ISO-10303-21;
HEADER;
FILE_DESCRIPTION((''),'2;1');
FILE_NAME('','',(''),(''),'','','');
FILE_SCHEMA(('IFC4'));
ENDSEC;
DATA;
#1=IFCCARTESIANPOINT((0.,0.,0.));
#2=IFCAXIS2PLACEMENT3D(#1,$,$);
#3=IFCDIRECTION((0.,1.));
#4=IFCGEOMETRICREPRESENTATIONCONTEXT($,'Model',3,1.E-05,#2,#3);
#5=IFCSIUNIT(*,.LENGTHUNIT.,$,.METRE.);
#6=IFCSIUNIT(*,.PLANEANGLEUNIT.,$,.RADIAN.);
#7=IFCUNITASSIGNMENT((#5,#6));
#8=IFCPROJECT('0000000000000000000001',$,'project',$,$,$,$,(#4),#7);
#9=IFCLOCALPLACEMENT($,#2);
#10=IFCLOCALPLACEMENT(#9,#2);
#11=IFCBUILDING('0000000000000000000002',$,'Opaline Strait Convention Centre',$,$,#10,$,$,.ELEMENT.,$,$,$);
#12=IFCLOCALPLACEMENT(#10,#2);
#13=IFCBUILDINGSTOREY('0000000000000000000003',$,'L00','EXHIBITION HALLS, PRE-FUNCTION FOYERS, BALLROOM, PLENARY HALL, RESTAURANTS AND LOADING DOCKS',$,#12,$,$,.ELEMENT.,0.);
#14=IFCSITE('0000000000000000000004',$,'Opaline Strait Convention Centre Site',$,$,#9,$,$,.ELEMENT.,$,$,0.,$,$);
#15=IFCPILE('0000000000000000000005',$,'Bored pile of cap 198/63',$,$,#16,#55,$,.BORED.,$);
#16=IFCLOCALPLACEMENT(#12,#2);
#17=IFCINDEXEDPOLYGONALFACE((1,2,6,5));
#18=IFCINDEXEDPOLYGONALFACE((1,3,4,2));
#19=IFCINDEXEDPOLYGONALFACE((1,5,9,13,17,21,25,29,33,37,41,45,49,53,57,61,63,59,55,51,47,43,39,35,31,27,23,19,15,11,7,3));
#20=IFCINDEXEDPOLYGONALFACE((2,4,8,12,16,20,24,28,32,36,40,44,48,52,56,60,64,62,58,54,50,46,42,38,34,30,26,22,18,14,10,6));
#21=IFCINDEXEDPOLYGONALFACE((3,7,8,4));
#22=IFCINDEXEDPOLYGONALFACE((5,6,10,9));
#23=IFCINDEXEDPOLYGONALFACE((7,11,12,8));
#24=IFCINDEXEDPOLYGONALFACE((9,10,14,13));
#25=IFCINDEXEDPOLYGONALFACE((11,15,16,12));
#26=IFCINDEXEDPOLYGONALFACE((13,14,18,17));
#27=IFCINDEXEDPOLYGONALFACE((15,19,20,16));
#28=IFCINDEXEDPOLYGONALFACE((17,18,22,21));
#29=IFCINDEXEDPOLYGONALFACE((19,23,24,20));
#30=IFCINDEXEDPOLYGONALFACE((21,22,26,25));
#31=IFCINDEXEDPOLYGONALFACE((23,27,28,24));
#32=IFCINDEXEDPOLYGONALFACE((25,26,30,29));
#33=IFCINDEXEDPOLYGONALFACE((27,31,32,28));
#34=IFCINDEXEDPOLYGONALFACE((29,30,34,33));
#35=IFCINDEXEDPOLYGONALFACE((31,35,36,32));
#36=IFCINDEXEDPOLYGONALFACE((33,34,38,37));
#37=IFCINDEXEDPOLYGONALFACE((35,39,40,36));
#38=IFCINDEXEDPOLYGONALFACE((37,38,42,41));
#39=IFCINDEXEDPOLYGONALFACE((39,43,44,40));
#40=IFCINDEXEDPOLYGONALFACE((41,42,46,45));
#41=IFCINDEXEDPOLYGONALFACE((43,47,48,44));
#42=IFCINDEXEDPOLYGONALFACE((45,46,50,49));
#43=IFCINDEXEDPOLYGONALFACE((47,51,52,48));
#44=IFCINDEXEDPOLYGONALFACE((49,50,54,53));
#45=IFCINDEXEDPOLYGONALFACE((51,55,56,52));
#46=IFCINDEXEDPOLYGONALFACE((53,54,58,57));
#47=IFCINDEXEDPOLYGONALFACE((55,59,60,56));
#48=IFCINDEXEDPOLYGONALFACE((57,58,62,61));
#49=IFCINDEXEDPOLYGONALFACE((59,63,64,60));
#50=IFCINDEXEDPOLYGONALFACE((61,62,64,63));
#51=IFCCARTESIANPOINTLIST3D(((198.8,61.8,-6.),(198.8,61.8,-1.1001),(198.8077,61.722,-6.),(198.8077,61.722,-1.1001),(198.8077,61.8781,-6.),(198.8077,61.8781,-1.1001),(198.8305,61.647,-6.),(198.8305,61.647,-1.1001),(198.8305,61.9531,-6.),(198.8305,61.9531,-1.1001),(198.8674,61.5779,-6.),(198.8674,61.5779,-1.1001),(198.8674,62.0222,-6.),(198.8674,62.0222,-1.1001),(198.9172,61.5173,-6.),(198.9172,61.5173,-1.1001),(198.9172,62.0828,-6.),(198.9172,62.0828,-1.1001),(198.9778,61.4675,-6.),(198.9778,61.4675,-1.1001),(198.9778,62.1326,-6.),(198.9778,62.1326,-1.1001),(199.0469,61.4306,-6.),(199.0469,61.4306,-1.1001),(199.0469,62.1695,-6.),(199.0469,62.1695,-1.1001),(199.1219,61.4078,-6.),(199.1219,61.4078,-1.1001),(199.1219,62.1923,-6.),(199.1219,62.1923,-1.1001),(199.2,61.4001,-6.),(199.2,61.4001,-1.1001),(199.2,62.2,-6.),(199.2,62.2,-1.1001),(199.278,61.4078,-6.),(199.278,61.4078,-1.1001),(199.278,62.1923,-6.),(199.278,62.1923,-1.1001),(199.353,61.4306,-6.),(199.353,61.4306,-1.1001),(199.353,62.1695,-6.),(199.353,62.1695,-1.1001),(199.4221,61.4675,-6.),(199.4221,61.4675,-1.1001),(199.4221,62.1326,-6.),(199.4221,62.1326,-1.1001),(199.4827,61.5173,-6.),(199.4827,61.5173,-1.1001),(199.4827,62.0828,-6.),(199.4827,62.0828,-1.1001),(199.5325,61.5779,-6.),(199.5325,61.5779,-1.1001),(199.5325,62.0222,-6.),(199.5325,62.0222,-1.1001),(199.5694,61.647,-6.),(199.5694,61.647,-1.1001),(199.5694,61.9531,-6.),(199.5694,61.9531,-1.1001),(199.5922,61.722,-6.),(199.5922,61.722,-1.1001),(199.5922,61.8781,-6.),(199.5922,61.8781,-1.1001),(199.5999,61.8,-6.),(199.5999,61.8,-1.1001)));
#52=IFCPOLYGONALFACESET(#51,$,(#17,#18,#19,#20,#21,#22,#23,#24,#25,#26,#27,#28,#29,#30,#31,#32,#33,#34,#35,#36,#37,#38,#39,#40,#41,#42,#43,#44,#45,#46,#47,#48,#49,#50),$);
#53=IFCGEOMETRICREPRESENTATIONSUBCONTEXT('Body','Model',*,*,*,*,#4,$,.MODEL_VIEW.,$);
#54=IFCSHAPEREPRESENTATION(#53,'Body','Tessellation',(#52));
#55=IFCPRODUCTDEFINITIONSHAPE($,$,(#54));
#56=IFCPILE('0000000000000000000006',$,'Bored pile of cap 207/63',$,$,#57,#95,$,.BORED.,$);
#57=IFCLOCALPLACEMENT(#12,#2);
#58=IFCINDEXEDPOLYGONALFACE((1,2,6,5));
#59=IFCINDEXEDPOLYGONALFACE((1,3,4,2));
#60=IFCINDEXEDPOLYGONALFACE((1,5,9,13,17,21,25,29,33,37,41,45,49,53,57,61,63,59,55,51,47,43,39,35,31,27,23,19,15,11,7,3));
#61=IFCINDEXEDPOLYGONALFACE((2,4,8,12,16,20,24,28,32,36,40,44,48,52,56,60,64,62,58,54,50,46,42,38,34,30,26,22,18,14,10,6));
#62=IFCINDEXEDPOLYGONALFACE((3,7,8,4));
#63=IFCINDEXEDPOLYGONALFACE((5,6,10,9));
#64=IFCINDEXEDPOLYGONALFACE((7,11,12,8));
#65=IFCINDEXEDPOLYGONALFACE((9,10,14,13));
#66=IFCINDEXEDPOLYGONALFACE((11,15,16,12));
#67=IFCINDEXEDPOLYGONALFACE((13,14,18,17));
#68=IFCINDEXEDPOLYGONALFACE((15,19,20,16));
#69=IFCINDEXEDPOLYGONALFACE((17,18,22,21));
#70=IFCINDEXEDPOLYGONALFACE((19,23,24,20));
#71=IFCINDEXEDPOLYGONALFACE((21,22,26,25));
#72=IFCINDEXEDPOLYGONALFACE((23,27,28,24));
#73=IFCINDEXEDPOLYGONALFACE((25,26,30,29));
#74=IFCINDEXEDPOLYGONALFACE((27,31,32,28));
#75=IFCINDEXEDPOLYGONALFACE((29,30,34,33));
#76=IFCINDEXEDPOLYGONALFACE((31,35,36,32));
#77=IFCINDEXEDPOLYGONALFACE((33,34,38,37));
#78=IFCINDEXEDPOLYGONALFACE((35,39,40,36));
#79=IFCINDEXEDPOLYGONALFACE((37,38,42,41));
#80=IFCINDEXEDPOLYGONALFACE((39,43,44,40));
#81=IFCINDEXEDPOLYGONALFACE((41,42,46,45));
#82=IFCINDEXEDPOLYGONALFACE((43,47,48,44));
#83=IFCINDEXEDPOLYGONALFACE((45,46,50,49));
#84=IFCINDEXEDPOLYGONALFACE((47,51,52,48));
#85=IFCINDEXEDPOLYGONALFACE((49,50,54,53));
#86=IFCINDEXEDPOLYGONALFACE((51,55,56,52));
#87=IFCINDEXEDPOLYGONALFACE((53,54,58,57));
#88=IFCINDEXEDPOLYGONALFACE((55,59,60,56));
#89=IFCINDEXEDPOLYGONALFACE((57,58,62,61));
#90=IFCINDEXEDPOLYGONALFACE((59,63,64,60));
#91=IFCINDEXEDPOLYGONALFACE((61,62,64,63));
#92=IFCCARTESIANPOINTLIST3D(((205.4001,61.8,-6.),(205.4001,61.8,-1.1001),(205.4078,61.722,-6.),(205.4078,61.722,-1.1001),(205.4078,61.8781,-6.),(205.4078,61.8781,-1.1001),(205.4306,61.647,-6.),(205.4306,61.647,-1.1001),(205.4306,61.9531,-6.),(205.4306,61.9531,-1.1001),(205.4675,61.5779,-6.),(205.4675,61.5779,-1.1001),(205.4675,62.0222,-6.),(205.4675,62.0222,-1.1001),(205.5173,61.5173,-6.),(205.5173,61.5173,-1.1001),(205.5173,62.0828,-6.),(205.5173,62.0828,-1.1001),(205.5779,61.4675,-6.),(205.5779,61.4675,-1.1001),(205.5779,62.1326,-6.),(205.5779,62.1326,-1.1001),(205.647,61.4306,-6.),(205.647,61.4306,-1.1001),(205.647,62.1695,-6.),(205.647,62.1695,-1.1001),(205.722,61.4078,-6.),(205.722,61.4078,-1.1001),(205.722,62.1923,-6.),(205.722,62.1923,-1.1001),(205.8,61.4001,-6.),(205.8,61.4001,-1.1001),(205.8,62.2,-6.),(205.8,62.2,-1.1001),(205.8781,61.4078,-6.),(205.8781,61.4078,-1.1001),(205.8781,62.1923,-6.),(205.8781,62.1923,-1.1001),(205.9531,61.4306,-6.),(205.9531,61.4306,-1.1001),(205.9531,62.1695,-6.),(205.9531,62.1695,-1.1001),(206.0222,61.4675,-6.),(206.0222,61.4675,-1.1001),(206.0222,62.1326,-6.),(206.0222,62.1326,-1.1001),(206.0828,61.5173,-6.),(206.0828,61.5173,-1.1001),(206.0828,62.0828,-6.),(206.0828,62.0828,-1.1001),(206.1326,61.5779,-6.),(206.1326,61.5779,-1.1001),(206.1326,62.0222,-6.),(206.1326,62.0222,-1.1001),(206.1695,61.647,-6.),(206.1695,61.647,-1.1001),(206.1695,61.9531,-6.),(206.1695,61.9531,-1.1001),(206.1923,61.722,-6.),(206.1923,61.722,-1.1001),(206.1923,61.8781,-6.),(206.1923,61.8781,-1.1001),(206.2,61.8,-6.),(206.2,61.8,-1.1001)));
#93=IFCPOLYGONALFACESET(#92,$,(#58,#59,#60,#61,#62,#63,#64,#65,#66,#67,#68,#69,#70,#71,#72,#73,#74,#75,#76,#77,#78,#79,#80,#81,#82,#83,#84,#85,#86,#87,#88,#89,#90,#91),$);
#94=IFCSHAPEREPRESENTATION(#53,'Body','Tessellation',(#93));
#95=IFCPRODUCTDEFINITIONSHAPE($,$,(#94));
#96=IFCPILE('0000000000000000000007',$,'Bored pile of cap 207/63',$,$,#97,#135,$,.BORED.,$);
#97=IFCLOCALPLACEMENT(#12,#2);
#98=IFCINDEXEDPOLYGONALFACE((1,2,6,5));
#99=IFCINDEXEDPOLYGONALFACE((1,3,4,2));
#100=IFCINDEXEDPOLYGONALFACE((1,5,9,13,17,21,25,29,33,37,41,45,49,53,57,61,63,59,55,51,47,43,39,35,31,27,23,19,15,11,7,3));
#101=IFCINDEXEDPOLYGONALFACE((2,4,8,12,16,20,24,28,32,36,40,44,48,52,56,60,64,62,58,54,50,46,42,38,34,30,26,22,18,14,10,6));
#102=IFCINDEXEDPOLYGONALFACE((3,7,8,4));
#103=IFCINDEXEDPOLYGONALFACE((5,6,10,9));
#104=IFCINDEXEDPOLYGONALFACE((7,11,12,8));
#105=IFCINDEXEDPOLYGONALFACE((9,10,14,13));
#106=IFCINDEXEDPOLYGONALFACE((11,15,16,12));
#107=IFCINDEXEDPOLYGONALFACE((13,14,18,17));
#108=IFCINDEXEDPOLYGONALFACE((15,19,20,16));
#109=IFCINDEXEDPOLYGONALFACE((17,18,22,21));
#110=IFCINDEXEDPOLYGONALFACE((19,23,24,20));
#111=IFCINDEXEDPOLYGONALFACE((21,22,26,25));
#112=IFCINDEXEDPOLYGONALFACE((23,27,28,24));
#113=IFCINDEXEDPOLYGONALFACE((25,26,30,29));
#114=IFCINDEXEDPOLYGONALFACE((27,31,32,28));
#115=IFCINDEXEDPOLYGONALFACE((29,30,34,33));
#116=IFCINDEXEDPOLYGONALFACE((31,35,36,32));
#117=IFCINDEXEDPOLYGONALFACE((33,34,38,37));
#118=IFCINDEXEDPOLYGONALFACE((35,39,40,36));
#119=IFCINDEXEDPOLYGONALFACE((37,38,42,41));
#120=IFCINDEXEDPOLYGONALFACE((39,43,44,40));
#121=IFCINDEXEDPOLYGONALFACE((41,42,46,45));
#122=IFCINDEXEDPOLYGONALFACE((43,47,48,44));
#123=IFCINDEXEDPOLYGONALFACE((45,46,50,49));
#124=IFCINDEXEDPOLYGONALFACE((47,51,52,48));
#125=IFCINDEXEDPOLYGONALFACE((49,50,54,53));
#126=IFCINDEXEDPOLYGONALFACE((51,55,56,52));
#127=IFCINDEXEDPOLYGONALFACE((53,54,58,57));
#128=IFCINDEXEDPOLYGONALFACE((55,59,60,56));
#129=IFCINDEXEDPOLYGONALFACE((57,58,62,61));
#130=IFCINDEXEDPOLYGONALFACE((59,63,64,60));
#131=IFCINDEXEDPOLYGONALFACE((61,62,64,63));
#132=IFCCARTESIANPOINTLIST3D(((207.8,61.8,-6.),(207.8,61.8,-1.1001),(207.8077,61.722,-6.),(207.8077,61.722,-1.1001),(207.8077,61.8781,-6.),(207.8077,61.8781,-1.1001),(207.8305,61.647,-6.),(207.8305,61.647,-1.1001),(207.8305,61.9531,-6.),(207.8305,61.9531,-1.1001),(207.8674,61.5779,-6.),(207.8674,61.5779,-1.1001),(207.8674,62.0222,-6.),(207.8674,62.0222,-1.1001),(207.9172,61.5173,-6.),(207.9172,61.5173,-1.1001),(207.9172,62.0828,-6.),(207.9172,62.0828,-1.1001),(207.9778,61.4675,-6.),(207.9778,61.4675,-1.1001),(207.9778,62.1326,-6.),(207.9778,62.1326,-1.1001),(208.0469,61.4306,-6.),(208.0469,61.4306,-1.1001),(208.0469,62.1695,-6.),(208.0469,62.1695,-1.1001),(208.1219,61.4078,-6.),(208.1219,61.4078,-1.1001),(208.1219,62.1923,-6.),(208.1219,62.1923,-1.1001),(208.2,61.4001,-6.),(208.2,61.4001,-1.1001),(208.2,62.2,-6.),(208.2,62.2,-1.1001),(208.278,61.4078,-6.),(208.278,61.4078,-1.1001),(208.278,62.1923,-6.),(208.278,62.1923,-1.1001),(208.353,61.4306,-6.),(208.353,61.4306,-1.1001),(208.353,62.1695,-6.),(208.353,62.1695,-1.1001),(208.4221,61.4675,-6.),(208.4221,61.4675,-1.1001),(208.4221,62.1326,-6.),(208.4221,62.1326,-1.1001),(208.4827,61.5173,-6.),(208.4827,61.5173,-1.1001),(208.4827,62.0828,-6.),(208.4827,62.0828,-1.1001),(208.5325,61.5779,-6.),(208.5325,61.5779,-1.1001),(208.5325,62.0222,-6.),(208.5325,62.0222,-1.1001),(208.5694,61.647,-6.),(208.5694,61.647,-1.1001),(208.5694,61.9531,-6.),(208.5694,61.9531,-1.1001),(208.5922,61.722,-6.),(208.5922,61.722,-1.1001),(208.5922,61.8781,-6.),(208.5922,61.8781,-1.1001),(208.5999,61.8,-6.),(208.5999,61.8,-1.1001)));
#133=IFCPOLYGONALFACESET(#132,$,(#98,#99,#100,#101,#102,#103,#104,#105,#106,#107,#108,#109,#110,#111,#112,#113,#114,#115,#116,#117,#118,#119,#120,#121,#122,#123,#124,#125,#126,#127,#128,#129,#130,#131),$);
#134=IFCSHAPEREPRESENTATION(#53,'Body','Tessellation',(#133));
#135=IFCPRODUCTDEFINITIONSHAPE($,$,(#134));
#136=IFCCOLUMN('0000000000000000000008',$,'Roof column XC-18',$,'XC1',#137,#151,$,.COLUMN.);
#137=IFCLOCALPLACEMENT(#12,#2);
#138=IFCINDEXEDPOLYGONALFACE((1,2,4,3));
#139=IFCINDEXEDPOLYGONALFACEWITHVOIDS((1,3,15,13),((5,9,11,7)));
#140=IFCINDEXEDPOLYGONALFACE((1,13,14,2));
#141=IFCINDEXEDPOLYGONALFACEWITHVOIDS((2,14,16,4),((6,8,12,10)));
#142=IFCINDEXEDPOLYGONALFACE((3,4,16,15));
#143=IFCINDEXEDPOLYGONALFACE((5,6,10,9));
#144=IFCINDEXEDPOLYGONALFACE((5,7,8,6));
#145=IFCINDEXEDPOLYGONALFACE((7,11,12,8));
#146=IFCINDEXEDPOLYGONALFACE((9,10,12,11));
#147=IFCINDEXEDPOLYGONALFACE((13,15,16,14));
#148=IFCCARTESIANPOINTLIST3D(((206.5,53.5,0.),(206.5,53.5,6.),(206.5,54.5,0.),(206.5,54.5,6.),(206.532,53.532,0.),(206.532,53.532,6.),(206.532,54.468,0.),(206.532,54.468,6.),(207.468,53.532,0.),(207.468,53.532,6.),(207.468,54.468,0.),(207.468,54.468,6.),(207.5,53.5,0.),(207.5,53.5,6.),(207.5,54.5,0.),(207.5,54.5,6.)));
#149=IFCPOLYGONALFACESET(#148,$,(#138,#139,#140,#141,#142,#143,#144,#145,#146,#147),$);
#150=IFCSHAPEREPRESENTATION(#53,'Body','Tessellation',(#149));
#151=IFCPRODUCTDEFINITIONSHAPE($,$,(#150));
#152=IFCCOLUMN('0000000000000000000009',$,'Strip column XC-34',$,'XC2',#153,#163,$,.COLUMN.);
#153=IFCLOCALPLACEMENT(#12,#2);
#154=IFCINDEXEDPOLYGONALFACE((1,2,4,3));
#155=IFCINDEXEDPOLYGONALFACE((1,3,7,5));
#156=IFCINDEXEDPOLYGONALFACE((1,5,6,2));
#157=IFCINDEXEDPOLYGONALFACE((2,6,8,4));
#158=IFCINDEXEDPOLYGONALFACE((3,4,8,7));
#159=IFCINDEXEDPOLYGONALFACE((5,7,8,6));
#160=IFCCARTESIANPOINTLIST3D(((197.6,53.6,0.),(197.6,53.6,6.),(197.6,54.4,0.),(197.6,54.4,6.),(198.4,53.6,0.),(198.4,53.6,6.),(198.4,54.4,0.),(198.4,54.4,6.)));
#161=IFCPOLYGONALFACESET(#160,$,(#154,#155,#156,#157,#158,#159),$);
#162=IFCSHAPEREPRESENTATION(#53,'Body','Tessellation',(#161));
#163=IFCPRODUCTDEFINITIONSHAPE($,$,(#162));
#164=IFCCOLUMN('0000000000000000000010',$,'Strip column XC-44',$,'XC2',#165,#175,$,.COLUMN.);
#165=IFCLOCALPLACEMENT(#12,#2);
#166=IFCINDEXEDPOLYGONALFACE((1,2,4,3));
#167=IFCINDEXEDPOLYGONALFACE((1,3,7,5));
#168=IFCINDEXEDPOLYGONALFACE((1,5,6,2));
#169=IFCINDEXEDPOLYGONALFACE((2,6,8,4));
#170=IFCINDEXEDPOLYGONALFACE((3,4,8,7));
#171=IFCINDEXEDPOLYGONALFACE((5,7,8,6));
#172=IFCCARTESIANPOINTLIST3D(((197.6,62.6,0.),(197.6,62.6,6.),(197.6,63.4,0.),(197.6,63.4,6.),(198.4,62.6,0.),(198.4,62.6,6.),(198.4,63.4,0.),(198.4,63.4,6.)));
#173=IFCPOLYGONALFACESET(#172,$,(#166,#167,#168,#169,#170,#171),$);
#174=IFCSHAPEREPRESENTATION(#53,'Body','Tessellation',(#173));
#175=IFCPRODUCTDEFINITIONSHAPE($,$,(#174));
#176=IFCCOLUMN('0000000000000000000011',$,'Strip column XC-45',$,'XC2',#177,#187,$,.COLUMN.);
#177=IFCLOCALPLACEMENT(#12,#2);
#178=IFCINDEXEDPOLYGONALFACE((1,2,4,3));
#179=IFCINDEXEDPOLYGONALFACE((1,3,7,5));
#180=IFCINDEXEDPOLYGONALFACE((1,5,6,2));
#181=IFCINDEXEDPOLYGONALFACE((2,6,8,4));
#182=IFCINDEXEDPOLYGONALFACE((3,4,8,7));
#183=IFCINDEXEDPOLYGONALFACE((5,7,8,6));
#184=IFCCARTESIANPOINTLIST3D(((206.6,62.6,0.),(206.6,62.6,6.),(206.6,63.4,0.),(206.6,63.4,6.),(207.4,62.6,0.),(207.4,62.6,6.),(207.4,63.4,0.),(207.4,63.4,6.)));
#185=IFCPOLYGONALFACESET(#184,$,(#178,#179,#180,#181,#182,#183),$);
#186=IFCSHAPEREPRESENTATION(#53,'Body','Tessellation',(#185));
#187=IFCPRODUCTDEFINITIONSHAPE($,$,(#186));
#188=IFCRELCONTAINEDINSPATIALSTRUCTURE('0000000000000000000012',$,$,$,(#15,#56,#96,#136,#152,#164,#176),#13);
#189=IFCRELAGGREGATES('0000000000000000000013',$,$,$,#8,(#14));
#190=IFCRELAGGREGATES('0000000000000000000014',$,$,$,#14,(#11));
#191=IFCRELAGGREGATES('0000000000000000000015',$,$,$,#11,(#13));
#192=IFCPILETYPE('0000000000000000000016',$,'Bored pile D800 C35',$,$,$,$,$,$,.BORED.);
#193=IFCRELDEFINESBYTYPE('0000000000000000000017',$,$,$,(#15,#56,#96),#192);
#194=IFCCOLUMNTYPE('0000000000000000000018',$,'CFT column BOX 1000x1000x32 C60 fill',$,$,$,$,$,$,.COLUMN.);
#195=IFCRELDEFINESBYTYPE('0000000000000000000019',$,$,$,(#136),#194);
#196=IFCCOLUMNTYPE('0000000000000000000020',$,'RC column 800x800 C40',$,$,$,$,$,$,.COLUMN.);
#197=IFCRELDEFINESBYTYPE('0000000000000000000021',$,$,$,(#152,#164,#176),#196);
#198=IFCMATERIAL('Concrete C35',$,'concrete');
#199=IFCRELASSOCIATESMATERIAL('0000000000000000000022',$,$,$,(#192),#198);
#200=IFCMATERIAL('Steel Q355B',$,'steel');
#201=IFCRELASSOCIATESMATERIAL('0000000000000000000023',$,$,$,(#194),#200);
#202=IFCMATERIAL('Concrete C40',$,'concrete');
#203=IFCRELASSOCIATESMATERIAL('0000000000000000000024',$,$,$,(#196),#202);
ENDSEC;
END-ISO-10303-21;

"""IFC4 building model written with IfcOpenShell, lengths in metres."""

from ifc_helpers import new_model, si_unit, direction, frame, origin, origin_2d, place, context, subcontext, project, spatial, rectangle, hollow_rectangle, circle, extrude, material, material_profile, profile_set, type_object, element, save


model = new_model("IFC4")

# Units and contexts
model_context = context("Model", 3, precision=1e-05, world=origin(), true_north=direction((0.0, 1.0)))
body_context = subcontext(model_context, "Body", "Model", "MODEL_VIEW")
ifc_project = project(units=[si_unit("LENGTHUNIT", "METRE"), si_unit("PLANEANGLEUNIT", "RADIAN")], contexts=[model_context])

# Site, building, storey
site_placement = place(None, origin())
site = spatial("IfcSite", under=ifc_project, at=site_placement, Name="Opaline Strait Convention Centre Site", CompositionType="ELEMENT", RefElevation=0.0)
building_placement = place(site_placement, origin())
building = spatial("IfcBuilding", under=site, at=building_placement, Name="Opaline Strait Convention Centre", CompositionType="ELEMENT")
storey_placement = place(building_placement, origin())
storey = spatial("IfcBuildingStorey", under=building, at=storey_placement, Name="L00", Description="EXHIBITION HALLS, PRE-FUNCTION FOYERS, BALLROOM, PLENARY HALL, RESTAURANTS AND LOADING DOCKS", CompositionType="ELEMENT", Elevation=0.0)

# Piles
ifc_material_1 = material(Name="Concrete C35", Category="concrete")
ifc_material_profile_1 = material_profile(ifc_material_1, circle(Radius=0.3999, at=origin_2d()), Name="D800")
ifc_profile_set_1 = profile_set([ifc_material_profile_1], Name="Concrete C35")
pile_type_1 = type_object("IfcPileType", Name="Bored pile D800 C35", PredefinedType="BORED", material=ifc_profile_set_1)
for number, where, z_axis, x_axis, name in (
    (1, (199.2, 61.8, -1.1001), (0.0, 0.0, -1.0), (1.0, 0.0, 0.0), "Bored pile of cap 198/63"),
    (2, (205.8, 61.8, -1.1001), (0.0, 0.0, -1.0), (1.0, 0.0, 0.0), "Bored pile of cap 207/63"),
    (3, (208.2, 61.8, -1.1001), (0.0, 0.0, -1.0), (1.0, 0.0, 0.0), "Bored pile of cap 207/63"),
):
    element("IfcPile", number, at=place(storey_placement, frame(where, z_axis=z_axis, x_axis=x_axis)), inside=storey, type_object=pile_type_1, Name=name, PredefinedType="BORED", context=body_context, shape_type="SweptSolid", body=[
        extrude(circle(Radius=0.3999, at=origin_2d()), origin(), (0.0, 0.0, 1.0), 4.8999),
    ])

# Columns
ifc_material_2 = material(Name="Steel Q355B", Category="steel")
ifc_material_profile_2 = material_profile(ifc_material_2, hollow_rectangle(XDim=1.0, YDim=1.0, WallThickness=0.032, at=origin_2d()), Name="BOX 1000x1000x32")
ifc_profile_set_2 = profile_set([ifc_material_profile_2], Name="Steel Q355B")
column_type_1 = type_object("IfcColumnType", Name="CFT column BOX 1000x1000x32 C60 fill", PredefinedType="COLUMN", material=ifc_profile_set_2)
column_placement = place(storey_placement, frame((207.0, 54.0, 0.0), z_axis=(0.0, 0.0, 1.0), x_axis=(1.0, 0.0, 0.0)))
element("IfcColumn", 4, at=column_placement, inside=storey, type_object=column_type_1, Name="Roof column XC-18", ObjectType="XC1", PredefinedType="COLUMN", context=body_context, shape_type="SweptSolid", body=[
    extrude(hollow_rectangle(XDim=1.0, YDim=1.0, WallThickness=0.032, at=origin_2d()), origin(), (0.0, 0.0, 1.0), 6.0),
])
ifc_material_3 = material(Name="Concrete C40", Category="concrete")
ifc_material_profile_3 = material_profile(ifc_material_3, rectangle(XDim=0.8, YDim=0.8, at=origin_2d()), Name="RC 800x800")
ifc_profile_set_3 = profile_set([ifc_material_profile_3], Name="Concrete C40")
column_type_2 = type_object("IfcColumnType", Name="RC column 800x800 C40", PredefinedType="COLUMN", material=ifc_profile_set_3)
for number, where, z_axis, x_axis, name in (
    (5, (198.0, 54.0, 0.0), (0.0, 0.0, 1.0), (1.0, 0.0, 0.0), "Strip column XC-34"),
    (6, (198.0, 63.0, 0.0), (0.0, 0.0, 1.0), (1.0, 0.0, 0.0), "Strip column XC-44"),
    (7, (207.0, 63.0, 0.0), (0.0, 0.0, 1.0), (1.0, 0.0, 0.0), "Strip column XC-45"),
):
    element("IfcColumn", number, at=place(storey_placement, frame(where, z_axis=z_axis, x_axis=x_axis)), inside=storey, type_object=column_type_2, Name=name, ObjectType="XC2", PredefinedType="COLUMN", context=body_context, shape_type="SweptSolid", body=[
        extrude(rectangle(XDim=0.8, YDim=0.8, at=origin_2d()), origin(), (0.0, 0.0, 1.0), 6.0),
    ])

save(model, "model.ifc")
